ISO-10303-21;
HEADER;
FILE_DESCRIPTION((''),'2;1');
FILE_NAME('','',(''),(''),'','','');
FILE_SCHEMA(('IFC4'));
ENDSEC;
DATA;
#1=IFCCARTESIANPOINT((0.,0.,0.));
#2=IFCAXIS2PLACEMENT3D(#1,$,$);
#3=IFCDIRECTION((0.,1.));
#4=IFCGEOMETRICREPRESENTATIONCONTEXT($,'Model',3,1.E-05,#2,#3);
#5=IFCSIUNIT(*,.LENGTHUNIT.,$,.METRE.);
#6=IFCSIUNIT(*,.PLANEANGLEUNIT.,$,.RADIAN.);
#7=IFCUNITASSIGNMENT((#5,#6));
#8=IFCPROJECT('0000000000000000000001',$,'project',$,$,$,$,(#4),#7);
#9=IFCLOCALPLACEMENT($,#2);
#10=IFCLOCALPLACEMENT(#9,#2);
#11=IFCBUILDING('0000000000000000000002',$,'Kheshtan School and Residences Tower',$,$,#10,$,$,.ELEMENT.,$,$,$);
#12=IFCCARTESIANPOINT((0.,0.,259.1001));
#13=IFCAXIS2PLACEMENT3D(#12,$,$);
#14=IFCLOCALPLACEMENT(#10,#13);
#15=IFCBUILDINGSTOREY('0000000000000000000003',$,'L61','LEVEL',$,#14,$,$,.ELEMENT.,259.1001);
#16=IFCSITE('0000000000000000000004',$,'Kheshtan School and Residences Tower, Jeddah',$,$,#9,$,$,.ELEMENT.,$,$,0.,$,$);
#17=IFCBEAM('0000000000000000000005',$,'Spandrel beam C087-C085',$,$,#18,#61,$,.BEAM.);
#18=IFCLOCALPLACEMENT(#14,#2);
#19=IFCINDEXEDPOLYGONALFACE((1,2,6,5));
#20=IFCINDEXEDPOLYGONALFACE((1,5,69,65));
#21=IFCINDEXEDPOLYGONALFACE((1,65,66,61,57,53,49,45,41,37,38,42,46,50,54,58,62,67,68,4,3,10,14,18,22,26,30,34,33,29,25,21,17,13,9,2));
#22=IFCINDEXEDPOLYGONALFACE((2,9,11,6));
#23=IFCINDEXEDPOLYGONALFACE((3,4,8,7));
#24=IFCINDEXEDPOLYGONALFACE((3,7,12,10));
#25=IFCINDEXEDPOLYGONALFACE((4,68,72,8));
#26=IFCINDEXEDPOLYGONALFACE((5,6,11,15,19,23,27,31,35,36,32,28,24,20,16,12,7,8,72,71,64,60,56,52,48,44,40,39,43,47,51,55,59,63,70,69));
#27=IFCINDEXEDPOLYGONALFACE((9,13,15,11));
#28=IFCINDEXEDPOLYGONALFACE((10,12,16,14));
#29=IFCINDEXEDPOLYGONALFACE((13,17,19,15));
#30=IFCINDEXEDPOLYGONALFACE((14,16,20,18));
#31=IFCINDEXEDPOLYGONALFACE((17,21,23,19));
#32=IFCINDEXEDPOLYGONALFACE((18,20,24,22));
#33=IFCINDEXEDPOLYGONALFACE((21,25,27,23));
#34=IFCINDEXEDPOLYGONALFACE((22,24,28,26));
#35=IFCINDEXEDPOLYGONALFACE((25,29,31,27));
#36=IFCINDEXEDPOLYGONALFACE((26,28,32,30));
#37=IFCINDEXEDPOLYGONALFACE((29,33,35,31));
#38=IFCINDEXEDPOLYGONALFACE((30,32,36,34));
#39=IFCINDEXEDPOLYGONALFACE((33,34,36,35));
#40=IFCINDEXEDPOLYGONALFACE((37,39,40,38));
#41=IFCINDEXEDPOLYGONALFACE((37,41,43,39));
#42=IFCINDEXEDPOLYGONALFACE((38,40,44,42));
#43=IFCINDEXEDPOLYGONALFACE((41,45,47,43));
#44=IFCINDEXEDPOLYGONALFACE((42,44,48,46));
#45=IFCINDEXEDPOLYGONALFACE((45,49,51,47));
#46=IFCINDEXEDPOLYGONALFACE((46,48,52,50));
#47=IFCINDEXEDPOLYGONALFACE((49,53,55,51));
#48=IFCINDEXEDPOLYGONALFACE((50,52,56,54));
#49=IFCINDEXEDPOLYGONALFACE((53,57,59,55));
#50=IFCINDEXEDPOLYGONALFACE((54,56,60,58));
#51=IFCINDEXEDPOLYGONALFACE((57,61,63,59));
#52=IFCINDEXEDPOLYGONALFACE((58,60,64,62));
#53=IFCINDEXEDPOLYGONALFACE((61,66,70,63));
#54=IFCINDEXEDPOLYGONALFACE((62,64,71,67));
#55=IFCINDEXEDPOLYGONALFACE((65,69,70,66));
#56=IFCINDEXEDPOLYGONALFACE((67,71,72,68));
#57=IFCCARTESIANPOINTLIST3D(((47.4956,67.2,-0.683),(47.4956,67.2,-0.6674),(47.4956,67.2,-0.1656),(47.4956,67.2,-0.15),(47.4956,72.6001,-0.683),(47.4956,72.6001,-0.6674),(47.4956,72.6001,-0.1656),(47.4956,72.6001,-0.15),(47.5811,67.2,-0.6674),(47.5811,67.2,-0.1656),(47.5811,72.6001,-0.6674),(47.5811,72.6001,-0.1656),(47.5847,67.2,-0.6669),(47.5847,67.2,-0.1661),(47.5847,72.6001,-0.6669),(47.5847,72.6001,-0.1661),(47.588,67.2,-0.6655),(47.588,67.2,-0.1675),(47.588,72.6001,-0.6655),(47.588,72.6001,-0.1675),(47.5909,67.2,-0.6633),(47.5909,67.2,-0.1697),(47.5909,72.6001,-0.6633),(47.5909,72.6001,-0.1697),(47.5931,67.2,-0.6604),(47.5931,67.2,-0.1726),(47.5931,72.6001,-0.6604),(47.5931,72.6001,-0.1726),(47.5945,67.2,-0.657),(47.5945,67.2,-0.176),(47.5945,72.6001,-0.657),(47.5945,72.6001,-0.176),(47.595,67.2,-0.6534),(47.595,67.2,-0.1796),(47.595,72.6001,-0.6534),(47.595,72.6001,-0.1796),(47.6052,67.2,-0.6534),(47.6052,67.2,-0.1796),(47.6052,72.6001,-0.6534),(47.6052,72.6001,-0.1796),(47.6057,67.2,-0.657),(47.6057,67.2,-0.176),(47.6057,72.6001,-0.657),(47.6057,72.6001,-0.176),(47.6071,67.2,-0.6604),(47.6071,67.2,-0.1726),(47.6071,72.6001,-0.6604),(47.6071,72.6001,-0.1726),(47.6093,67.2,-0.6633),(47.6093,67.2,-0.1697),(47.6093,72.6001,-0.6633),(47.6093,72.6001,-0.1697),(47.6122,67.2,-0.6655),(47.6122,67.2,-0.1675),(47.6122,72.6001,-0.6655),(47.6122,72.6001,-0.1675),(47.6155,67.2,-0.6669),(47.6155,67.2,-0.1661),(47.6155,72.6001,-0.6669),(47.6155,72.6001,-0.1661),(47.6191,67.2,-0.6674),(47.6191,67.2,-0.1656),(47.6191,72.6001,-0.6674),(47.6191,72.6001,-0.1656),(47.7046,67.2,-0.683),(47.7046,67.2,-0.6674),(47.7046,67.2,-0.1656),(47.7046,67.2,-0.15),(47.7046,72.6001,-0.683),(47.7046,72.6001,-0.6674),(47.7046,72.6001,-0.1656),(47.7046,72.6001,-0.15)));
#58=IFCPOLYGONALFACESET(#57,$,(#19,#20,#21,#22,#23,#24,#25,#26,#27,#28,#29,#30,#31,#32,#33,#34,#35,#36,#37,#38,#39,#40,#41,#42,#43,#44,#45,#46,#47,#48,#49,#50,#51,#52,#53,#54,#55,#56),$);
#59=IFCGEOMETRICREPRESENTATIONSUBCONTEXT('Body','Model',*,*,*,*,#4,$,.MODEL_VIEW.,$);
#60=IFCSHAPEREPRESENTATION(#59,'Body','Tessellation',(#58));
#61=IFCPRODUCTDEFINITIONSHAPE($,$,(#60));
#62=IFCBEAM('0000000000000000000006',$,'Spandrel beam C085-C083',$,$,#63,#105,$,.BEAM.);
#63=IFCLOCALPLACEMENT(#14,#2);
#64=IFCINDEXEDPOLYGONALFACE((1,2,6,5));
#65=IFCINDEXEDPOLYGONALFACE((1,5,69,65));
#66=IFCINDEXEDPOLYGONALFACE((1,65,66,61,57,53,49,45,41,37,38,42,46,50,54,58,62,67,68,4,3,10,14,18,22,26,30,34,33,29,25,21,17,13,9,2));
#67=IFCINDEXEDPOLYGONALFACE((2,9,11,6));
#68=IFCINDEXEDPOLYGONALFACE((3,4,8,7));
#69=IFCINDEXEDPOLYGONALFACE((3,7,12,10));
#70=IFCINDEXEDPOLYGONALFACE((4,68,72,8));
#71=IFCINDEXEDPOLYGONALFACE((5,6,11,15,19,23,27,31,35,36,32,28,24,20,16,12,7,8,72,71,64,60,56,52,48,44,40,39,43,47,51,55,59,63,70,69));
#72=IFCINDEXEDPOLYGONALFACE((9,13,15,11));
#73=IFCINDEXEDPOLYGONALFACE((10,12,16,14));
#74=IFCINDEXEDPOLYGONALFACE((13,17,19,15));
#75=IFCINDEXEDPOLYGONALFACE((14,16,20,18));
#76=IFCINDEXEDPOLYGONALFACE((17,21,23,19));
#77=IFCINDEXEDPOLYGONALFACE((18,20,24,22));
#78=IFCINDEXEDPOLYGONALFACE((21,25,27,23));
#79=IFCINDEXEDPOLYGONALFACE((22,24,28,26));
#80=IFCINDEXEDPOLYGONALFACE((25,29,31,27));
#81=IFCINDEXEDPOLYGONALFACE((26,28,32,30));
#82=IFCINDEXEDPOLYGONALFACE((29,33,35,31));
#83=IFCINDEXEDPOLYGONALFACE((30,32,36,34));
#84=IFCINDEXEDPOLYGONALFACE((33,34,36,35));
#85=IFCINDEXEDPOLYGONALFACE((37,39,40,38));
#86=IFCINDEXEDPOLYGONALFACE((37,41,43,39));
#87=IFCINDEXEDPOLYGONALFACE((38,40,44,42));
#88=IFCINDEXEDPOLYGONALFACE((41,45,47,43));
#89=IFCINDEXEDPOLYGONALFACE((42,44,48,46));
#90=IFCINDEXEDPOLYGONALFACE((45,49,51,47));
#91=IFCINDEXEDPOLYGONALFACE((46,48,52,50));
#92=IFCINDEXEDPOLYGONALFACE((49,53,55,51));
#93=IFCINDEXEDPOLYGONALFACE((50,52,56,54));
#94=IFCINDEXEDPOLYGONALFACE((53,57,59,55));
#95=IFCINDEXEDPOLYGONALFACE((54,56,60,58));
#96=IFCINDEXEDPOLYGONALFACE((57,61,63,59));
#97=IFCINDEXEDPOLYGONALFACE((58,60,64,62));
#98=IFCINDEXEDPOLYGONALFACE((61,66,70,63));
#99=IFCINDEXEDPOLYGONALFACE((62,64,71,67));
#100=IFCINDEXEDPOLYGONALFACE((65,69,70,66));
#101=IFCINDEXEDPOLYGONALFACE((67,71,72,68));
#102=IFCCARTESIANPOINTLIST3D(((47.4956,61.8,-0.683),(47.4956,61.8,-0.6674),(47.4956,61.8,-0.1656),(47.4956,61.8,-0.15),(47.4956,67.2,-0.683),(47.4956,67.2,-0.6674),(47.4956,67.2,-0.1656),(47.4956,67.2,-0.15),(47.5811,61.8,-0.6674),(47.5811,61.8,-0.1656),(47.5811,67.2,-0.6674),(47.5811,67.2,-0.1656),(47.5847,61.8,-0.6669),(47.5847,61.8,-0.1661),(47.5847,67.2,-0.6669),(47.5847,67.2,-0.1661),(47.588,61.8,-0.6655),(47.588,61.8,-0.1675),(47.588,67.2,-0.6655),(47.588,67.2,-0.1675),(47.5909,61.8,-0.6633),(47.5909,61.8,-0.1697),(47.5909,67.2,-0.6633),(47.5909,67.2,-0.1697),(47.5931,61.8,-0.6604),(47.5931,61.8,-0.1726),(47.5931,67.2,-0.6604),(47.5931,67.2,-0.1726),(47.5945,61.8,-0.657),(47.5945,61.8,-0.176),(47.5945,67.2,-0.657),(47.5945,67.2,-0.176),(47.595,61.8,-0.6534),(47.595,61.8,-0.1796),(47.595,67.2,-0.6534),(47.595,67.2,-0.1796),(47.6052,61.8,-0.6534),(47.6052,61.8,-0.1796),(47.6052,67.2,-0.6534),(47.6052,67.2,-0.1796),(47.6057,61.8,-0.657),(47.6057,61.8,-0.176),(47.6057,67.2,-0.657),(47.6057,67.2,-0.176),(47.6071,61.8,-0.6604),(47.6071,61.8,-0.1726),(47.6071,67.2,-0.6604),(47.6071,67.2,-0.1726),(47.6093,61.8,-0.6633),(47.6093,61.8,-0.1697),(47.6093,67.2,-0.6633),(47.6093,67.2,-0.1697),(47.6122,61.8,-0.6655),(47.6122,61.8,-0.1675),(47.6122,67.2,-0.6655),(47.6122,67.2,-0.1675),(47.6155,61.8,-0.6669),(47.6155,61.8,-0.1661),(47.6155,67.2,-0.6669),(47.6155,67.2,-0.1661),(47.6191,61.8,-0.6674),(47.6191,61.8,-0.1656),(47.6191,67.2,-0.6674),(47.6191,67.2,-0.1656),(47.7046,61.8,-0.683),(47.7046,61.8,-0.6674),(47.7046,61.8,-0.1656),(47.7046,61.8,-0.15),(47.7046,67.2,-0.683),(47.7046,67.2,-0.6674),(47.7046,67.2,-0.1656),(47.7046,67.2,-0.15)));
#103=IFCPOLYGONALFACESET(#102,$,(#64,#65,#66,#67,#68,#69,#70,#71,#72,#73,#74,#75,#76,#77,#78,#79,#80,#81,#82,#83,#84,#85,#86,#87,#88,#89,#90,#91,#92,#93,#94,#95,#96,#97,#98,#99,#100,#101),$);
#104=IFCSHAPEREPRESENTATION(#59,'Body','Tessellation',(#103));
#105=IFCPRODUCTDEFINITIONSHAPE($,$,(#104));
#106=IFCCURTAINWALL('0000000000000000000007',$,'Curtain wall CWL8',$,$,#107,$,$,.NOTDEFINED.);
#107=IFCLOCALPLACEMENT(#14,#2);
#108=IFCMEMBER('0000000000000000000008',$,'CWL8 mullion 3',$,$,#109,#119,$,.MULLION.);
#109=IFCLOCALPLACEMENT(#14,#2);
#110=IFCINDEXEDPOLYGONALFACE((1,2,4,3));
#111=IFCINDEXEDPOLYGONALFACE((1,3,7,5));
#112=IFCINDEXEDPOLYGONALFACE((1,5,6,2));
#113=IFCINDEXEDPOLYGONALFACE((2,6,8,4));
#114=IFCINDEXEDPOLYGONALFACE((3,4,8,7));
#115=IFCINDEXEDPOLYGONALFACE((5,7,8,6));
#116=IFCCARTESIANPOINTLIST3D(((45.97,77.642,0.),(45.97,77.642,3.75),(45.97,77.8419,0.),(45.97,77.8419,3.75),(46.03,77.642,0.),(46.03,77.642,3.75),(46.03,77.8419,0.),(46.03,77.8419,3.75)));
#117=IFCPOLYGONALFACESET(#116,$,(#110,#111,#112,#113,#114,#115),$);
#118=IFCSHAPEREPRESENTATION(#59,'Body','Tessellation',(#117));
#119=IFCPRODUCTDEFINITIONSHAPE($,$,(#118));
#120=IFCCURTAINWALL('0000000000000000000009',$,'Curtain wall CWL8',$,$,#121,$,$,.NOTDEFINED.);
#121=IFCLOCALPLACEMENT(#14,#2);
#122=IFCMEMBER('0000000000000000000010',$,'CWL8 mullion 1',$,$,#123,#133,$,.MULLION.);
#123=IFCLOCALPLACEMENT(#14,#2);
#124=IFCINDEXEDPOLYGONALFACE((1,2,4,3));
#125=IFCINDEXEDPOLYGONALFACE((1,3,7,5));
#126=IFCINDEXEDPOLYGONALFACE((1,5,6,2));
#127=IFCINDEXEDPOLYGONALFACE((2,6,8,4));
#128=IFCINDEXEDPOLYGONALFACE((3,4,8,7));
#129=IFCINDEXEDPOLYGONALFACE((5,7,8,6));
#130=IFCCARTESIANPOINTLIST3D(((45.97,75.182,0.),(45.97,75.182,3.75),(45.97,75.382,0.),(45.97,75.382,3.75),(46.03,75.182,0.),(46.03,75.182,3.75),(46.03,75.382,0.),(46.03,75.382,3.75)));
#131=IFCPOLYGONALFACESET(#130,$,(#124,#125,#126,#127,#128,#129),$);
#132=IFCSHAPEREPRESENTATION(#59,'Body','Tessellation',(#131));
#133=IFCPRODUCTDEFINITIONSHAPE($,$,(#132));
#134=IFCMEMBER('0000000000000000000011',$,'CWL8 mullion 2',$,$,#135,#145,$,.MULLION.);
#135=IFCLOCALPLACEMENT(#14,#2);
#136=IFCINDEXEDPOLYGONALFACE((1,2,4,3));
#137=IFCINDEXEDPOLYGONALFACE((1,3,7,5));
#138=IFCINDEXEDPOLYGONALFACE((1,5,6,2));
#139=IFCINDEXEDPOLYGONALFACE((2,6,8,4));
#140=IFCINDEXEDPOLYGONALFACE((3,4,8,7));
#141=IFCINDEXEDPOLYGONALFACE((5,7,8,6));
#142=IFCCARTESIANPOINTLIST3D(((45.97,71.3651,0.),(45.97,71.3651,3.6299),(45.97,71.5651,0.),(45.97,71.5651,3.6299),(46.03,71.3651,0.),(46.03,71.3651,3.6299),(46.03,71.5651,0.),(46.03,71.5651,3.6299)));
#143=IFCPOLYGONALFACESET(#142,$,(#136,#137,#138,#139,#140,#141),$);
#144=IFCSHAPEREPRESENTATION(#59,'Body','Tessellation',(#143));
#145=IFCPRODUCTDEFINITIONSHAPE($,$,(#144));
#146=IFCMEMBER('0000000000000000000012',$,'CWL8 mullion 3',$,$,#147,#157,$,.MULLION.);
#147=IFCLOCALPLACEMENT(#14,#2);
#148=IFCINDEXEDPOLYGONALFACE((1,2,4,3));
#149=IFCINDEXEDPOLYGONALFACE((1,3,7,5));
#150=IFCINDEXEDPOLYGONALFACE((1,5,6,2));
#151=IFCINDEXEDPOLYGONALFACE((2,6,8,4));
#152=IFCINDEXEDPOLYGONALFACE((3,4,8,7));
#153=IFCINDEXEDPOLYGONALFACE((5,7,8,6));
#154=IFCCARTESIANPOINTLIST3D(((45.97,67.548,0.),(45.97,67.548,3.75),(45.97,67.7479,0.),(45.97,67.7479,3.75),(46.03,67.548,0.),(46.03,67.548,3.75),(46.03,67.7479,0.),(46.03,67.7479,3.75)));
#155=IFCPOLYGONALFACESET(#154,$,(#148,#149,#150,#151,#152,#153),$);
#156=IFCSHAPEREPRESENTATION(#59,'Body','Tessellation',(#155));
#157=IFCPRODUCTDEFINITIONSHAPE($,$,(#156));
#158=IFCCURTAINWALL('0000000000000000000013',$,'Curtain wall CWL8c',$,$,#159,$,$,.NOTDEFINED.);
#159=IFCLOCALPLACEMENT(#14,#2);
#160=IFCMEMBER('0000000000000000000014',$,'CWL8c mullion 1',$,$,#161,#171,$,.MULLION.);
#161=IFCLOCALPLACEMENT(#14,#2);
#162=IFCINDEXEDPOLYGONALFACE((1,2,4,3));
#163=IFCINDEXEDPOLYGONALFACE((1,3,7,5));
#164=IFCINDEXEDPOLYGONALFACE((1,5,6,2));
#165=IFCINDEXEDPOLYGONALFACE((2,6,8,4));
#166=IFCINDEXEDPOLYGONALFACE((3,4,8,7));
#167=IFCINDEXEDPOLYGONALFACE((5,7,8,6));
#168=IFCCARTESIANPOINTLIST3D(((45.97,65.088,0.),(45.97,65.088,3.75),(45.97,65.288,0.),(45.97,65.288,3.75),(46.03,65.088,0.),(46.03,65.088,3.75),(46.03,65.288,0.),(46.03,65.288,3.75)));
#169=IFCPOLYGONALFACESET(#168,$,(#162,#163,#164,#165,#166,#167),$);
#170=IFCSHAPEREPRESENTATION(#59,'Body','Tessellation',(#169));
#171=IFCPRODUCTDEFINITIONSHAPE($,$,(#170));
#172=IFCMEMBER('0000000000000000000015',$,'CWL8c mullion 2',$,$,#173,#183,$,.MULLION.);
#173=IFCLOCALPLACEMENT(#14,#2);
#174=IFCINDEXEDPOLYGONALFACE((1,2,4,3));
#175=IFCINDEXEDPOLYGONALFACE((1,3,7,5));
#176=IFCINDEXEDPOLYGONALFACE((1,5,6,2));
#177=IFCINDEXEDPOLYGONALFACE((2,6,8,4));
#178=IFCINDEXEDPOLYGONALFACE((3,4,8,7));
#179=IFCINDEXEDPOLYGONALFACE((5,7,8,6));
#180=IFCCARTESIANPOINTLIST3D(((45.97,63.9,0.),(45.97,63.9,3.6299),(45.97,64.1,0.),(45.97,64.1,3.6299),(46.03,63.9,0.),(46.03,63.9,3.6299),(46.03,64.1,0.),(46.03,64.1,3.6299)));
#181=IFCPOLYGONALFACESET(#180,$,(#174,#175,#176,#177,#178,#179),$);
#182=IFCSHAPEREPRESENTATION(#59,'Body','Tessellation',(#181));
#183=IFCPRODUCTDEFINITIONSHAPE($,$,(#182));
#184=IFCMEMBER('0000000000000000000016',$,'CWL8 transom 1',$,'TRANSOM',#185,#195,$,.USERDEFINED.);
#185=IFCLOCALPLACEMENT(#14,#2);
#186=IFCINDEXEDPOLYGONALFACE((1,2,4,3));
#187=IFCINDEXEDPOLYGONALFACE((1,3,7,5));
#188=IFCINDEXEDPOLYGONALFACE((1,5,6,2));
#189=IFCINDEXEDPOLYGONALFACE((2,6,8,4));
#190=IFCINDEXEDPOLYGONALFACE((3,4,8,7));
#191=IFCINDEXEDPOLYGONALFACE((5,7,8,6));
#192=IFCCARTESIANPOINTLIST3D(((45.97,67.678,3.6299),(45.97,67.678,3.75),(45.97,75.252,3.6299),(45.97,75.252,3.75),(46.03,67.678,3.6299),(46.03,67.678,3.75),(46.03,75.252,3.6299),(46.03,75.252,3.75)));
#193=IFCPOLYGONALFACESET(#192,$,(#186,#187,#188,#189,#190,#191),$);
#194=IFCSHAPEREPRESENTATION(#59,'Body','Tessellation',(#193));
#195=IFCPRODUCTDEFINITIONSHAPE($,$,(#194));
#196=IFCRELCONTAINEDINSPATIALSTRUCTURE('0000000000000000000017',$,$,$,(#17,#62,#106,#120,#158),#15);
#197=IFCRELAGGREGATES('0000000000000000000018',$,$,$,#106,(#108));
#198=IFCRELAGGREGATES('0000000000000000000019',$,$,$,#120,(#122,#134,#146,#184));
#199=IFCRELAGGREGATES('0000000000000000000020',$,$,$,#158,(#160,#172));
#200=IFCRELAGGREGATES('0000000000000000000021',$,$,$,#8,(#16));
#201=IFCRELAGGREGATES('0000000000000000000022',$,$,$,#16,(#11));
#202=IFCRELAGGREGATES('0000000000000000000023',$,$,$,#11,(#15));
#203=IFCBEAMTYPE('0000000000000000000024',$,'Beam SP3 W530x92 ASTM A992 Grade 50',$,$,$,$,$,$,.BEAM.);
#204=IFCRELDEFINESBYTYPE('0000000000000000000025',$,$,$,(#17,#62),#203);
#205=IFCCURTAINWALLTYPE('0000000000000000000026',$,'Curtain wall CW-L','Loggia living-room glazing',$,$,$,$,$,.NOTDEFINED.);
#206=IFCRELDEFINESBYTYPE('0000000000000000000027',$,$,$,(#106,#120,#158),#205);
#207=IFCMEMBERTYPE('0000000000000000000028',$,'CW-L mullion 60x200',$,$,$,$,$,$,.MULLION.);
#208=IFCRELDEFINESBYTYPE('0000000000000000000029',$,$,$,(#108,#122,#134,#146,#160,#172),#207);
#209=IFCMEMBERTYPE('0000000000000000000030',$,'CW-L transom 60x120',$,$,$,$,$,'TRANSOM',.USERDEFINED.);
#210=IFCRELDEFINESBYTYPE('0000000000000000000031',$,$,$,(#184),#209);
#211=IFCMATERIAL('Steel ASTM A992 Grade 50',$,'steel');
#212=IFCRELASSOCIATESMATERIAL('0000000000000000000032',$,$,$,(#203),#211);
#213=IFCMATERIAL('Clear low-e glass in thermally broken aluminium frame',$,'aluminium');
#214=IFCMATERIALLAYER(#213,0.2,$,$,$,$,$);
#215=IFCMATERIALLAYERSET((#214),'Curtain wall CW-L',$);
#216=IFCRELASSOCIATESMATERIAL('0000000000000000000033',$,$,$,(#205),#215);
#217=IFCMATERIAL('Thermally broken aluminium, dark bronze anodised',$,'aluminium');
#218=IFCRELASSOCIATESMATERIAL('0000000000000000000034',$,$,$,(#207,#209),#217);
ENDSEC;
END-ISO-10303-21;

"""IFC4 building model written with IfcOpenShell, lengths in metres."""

from ifc_helpers import new_model, si_unit, direction, frame, origin, origin_2d, place, context, subcontext, project, spatial, rectangle, i_section, extrude, material, layer, layer_set, material_profile, profile_set, type_object, element, aggregate, save


model = new_model("IFC4")

# Units and contexts
model_context = context("Model", 3, precision=1e-05, world=origin(), true_north=direction((0.0, 1.0)))
body_context = subcontext(model_context, "Body", "Model", "MODEL_VIEW")
ifc_project = project(units=[si_unit("LENGTHUNIT", "METRE"), si_unit("PLANEANGLEUNIT", "RADIAN")], contexts=[model_context])

# Site, building, storey
site_placement = place(None, origin())
site = spatial("IfcSite", under=ifc_project, at=site_placement, Name="Kheshtan School and Residences Tower, Jeddah", CompositionType="ELEMENT", RefElevation=0.0)
building_placement = place(site_placement, origin())
building = spatial("IfcBuilding", under=site, at=building_placement, Name="Kheshtan School and Residences Tower", CompositionType="ELEMENT")
storey_placement = place(building_placement, frame((0.0, 0.0, 259.1001)))
storey = spatial("IfcBuildingStorey", under=building, at=storey_placement, Name="L61", Description="LEVEL", CompositionType="ELEMENT", Elevation=259.1001)

# Shared definitions
ifc_material_1 = material(Name="Steel ASTM A992 Grade 50", Category="steel")

# Beams
ifc_material_profile_1 = material_profile(ifc_material_1, i_section(OverallWidth=0.209, OverallDepth=0.533, WebThickness=0.0103, FlangeThickness=0.0156, FilletRadius=0.0139, at=origin_2d()), Name="W530x92")
ifc_profile_set_1 = profile_set([ifc_material_profile_1], Name="Steel ASTM A992 Grade 50")
beam_type_1 = type_object("IfcBeamType", Name="Beam SP3 W530x92 ASTM A992 Grade 50", PredefinedType="BEAM", material=ifc_profile_set_1)
beam_1_placement = place(storey_placement, frame((47.6001, 72.6001, -0.4165), z_axis=(0.0, -1.0, 0.0), x_axis=(1.0, 0.0, 0.0)))
element("IfcBeam", 1, at=beam_1_placement, inside=storey, type_object=beam_type_1, Name="Spandrel beam C087-C085", PredefinedType="BEAM", context=body_context, shape_type="SweptSolid", body=[
    extrude(i_section(OverallWidth=0.209, OverallDepth=0.533, WebThickness=0.0103, FlangeThickness=0.0156, FilletRadius=0.0139, at=origin_2d()), origin(), (0.0, 0.0, 1.0), 5.4001),
])
beam_2_placement = place(storey_placement, frame((47.6001, 67.2, -0.4165), z_axis=(0.0, -1.0, 0.0), x_axis=(1.0, 0.0, 0.0)))
element("IfcBeam", 2, at=beam_2_placement, inside=storey, type_object=beam_type_1, Name="Spandrel beam C085-C083", PredefinedType="BEAM", context=body_context, shape_type="SweptSolid", body=[
    extrude(i_section(OverallWidth=0.209, OverallDepth=0.533, WebThickness=0.0103, FlangeThickness=0.0156, FilletRadius=0.0139, at=origin_2d()), origin(), (0.0, 0.0, 1.0), 5.3999),
])

# Curtain wall, member
ifc_material_2 = material(Name="Clear low-e glass in thermally broken aluminium frame", Category="aluminium")
ifc_layer_1 = layer(ifc_material_2, 0.2)
ifc_layer_set_1 = layer_set([ifc_layer_1], Name="Curtain wall CW-L")
curtain_wall_type = type_object("IfcCurtainWallType", Name="Curtain wall CW-L", Description="Loggia living-room glazing", PredefinedType="NOTDEFINED", material=ifc_layer_set_1)
curtain_wall_1_placement = place(storey_placement, origin())
curtain_wall_1 = element("IfcCurtainWall", 3, at=curtain_wall_1_placement, inside=storey, type_object=curtain_wall_type, Name="Curtain wall CWL8", PredefinedType="NOTDEFINED")
ifc_material_3 = material(Name="Thermally broken aluminium, dark bronze anodised", Category="aluminium")
ifc_material_profile_2 = material_profile(ifc_material_3, rectangle(XDim=0.0601, YDim=0.2, at=origin_2d()), Name="CW-L mullion 60x200")
ifc_profile_set_2 = profile_set([ifc_material_profile_2], Name="Thermally broken aluminium, dark bronze anodised")
member_type_1 = type_object("IfcMemberType", Name="CW-L mullion 60x200", PredefinedType="MULLION", material=ifc_profile_set_2)
member_1_placement = place(storey_placement, frame((46.0, 77.7419, 0.0), z_axis=(0.0, 0.0, 1.0), x_axis=(1.0, 0.0, 0.0)))
member_1 = element("IfcMember", 4, at=member_1_placement, type_object=member_type_1, Name="CWL8 mullion 3", PredefinedType="MULLION", context=body_context, shape_type="SweptSolid", body=[
    extrude(rectangle(XDim=0.0601, YDim=0.2, at=origin_2d()), origin(), (0.0, 0.0, 1.0), 3.75),
])
aggregate(curtain_wall_1, [member_1])

# Curtain walls, members
curtain_wall_2_placement = place(storey_placement, origin())
curtain_wall_2 = element("IfcCurtainWall", 5, at=curtain_wall_2_placement, inside=storey, type_object=curtain_wall_type, Name="Curtain wall CWL8", PredefinedType="NOTDEFINED")
member_2_placement = place(storey_placement, frame((46.0, 75.282, 0.0), z_axis=(0.0, 0.0, 1.0), x_axis=(1.0, 0.0, 0.0)))
member_2 = element("IfcMember", 6, at=member_2_placement, type_object=member_type_1, Name="CWL8 mullion 1", PredefinedType="MULLION", context=body_context, shape_type="SweptSolid", body=[
    extrude(rectangle(XDim=0.0601, YDim=0.2, at=origin_2d()), origin(), (0.0, 0.0, 1.0), 3.75),
])
member_3_placement = place(storey_placement, frame((46.0, 71.4651, 0.0), z_axis=(0.0, 0.0, 1.0), x_axis=(1.0, 0.0, 0.0)))
member_3 = element("IfcMember", 7, at=member_3_placement, type_object=member_type_1, Name="CWL8 mullion 2", PredefinedType="MULLION", context=body_context, shape_type="SweptSolid", body=[
    extrude(rectangle(XDim=0.0601, YDim=0.2, at=origin_2d()), origin(), (0.0, 0.0, 1.0), 3.6299),
])
member_4_placement = place(storey_placement, frame((46.0, 67.6479, 0.0), z_axis=(0.0, 0.0, 1.0), x_axis=(1.0, 0.0, 0.0)))
member_4 = element("IfcMember", 8, at=member_4_placement, type_object=member_type_1, Name="CWL8 mullion 3", PredefinedType="MULLION", context=body_context, shape_type="SweptSolid", body=[
    extrude(rectangle(XDim=0.0601, YDim=0.2, at=origin_2d()), origin(), (0.0, 0.0, 1.0), 3.75),
])
curtain_wall_3_placement = place(storey_placement, origin())
curtain_wall_3 = element("IfcCurtainWall", 9, at=curtain_wall_3_placement, inside=storey, type_object=curtain_wall_type, Name="Curtain wall CWL8c", PredefinedType="NOTDEFINED")
member_5_placement = place(storey_placement, frame((46.0, 65.188, 0.0), z_axis=(0.0, 0.0, 1.0), x_axis=(1.0, 0.0, 0.0)))
member_5 = element("IfcMember", 10, at=member_5_placement, type_object=member_type_1, Name="CWL8c mullion 1", PredefinedType="MULLION", context=body_context, shape_type="SweptSolid", body=[
    extrude(rectangle(XDim=0.0601, YDim=0.2, at=origin_2d()), origin(), (0.0, 0.0, 1.0), 3.75),
])
member_6_placement = place(storey_placement, frame((46.0, 64.0, 0.0), z_axis=(0.0, 0.0, 1.0), x_axis=(1.0, 0.0, 0.0)))
member_6 = element("IfcMember", 11, at=member_6_placement, type_object=member_type_1, Name="CWL8c mullion 2", PredefinedType="MULLION", context=body_context, shape_type="SweptSolid", body=[
    extrude(rectangle(XDim=0.0601, YDim=0.2, at=origin_2d()), origin(), (0.0, 0.0, 1.0), 3.6299),
])

# Member
ifc_material_profile_3 = material_profile(ifc_material_3, rectangle(XDim=0.0601, YDim=0.1201, at=origin_2d()), Name="CW-L transom 60x120")
ifc_profile_set_3 = profile_set([ifc_material_profile_3], Name="Thermally broken aluminium, dark bronze anodised")
member_type_2 = type_object("IfcMemberType", Name="CW-L transom 60x120", ElementType="TRANSOM", PredefinedType="USERDEFINED", material=ifc_profile_set_3)
member_7_placement = place(storey_placement, frame((46.0, 75.252, 3.6899), z_axis=(0.0, -1.0, 0.0), x_axis=(1.0, 0.0, 0.0)))
member_7 = element("IfcMember", 12, at=member_7_placement, type_object=member_type_2, Name="CWL8 transom 1", ObjectType="TRANSOM", PredefinedType="USERDEFINED", context=body_context, shape_type="SweptSolid", body=[
    extrude(rectangle(XDim=0.0601, YDim=0.1201, at=origin_2d()), origin(), (0.0, 0.0, 1.0), 7.574),
])

aggregate(curtain_wall_2, [member_2, member_3, member_4, member_7])
aggregate(curtain_wall_3, [member_5, member_6])

save(model, "model.ifc")
